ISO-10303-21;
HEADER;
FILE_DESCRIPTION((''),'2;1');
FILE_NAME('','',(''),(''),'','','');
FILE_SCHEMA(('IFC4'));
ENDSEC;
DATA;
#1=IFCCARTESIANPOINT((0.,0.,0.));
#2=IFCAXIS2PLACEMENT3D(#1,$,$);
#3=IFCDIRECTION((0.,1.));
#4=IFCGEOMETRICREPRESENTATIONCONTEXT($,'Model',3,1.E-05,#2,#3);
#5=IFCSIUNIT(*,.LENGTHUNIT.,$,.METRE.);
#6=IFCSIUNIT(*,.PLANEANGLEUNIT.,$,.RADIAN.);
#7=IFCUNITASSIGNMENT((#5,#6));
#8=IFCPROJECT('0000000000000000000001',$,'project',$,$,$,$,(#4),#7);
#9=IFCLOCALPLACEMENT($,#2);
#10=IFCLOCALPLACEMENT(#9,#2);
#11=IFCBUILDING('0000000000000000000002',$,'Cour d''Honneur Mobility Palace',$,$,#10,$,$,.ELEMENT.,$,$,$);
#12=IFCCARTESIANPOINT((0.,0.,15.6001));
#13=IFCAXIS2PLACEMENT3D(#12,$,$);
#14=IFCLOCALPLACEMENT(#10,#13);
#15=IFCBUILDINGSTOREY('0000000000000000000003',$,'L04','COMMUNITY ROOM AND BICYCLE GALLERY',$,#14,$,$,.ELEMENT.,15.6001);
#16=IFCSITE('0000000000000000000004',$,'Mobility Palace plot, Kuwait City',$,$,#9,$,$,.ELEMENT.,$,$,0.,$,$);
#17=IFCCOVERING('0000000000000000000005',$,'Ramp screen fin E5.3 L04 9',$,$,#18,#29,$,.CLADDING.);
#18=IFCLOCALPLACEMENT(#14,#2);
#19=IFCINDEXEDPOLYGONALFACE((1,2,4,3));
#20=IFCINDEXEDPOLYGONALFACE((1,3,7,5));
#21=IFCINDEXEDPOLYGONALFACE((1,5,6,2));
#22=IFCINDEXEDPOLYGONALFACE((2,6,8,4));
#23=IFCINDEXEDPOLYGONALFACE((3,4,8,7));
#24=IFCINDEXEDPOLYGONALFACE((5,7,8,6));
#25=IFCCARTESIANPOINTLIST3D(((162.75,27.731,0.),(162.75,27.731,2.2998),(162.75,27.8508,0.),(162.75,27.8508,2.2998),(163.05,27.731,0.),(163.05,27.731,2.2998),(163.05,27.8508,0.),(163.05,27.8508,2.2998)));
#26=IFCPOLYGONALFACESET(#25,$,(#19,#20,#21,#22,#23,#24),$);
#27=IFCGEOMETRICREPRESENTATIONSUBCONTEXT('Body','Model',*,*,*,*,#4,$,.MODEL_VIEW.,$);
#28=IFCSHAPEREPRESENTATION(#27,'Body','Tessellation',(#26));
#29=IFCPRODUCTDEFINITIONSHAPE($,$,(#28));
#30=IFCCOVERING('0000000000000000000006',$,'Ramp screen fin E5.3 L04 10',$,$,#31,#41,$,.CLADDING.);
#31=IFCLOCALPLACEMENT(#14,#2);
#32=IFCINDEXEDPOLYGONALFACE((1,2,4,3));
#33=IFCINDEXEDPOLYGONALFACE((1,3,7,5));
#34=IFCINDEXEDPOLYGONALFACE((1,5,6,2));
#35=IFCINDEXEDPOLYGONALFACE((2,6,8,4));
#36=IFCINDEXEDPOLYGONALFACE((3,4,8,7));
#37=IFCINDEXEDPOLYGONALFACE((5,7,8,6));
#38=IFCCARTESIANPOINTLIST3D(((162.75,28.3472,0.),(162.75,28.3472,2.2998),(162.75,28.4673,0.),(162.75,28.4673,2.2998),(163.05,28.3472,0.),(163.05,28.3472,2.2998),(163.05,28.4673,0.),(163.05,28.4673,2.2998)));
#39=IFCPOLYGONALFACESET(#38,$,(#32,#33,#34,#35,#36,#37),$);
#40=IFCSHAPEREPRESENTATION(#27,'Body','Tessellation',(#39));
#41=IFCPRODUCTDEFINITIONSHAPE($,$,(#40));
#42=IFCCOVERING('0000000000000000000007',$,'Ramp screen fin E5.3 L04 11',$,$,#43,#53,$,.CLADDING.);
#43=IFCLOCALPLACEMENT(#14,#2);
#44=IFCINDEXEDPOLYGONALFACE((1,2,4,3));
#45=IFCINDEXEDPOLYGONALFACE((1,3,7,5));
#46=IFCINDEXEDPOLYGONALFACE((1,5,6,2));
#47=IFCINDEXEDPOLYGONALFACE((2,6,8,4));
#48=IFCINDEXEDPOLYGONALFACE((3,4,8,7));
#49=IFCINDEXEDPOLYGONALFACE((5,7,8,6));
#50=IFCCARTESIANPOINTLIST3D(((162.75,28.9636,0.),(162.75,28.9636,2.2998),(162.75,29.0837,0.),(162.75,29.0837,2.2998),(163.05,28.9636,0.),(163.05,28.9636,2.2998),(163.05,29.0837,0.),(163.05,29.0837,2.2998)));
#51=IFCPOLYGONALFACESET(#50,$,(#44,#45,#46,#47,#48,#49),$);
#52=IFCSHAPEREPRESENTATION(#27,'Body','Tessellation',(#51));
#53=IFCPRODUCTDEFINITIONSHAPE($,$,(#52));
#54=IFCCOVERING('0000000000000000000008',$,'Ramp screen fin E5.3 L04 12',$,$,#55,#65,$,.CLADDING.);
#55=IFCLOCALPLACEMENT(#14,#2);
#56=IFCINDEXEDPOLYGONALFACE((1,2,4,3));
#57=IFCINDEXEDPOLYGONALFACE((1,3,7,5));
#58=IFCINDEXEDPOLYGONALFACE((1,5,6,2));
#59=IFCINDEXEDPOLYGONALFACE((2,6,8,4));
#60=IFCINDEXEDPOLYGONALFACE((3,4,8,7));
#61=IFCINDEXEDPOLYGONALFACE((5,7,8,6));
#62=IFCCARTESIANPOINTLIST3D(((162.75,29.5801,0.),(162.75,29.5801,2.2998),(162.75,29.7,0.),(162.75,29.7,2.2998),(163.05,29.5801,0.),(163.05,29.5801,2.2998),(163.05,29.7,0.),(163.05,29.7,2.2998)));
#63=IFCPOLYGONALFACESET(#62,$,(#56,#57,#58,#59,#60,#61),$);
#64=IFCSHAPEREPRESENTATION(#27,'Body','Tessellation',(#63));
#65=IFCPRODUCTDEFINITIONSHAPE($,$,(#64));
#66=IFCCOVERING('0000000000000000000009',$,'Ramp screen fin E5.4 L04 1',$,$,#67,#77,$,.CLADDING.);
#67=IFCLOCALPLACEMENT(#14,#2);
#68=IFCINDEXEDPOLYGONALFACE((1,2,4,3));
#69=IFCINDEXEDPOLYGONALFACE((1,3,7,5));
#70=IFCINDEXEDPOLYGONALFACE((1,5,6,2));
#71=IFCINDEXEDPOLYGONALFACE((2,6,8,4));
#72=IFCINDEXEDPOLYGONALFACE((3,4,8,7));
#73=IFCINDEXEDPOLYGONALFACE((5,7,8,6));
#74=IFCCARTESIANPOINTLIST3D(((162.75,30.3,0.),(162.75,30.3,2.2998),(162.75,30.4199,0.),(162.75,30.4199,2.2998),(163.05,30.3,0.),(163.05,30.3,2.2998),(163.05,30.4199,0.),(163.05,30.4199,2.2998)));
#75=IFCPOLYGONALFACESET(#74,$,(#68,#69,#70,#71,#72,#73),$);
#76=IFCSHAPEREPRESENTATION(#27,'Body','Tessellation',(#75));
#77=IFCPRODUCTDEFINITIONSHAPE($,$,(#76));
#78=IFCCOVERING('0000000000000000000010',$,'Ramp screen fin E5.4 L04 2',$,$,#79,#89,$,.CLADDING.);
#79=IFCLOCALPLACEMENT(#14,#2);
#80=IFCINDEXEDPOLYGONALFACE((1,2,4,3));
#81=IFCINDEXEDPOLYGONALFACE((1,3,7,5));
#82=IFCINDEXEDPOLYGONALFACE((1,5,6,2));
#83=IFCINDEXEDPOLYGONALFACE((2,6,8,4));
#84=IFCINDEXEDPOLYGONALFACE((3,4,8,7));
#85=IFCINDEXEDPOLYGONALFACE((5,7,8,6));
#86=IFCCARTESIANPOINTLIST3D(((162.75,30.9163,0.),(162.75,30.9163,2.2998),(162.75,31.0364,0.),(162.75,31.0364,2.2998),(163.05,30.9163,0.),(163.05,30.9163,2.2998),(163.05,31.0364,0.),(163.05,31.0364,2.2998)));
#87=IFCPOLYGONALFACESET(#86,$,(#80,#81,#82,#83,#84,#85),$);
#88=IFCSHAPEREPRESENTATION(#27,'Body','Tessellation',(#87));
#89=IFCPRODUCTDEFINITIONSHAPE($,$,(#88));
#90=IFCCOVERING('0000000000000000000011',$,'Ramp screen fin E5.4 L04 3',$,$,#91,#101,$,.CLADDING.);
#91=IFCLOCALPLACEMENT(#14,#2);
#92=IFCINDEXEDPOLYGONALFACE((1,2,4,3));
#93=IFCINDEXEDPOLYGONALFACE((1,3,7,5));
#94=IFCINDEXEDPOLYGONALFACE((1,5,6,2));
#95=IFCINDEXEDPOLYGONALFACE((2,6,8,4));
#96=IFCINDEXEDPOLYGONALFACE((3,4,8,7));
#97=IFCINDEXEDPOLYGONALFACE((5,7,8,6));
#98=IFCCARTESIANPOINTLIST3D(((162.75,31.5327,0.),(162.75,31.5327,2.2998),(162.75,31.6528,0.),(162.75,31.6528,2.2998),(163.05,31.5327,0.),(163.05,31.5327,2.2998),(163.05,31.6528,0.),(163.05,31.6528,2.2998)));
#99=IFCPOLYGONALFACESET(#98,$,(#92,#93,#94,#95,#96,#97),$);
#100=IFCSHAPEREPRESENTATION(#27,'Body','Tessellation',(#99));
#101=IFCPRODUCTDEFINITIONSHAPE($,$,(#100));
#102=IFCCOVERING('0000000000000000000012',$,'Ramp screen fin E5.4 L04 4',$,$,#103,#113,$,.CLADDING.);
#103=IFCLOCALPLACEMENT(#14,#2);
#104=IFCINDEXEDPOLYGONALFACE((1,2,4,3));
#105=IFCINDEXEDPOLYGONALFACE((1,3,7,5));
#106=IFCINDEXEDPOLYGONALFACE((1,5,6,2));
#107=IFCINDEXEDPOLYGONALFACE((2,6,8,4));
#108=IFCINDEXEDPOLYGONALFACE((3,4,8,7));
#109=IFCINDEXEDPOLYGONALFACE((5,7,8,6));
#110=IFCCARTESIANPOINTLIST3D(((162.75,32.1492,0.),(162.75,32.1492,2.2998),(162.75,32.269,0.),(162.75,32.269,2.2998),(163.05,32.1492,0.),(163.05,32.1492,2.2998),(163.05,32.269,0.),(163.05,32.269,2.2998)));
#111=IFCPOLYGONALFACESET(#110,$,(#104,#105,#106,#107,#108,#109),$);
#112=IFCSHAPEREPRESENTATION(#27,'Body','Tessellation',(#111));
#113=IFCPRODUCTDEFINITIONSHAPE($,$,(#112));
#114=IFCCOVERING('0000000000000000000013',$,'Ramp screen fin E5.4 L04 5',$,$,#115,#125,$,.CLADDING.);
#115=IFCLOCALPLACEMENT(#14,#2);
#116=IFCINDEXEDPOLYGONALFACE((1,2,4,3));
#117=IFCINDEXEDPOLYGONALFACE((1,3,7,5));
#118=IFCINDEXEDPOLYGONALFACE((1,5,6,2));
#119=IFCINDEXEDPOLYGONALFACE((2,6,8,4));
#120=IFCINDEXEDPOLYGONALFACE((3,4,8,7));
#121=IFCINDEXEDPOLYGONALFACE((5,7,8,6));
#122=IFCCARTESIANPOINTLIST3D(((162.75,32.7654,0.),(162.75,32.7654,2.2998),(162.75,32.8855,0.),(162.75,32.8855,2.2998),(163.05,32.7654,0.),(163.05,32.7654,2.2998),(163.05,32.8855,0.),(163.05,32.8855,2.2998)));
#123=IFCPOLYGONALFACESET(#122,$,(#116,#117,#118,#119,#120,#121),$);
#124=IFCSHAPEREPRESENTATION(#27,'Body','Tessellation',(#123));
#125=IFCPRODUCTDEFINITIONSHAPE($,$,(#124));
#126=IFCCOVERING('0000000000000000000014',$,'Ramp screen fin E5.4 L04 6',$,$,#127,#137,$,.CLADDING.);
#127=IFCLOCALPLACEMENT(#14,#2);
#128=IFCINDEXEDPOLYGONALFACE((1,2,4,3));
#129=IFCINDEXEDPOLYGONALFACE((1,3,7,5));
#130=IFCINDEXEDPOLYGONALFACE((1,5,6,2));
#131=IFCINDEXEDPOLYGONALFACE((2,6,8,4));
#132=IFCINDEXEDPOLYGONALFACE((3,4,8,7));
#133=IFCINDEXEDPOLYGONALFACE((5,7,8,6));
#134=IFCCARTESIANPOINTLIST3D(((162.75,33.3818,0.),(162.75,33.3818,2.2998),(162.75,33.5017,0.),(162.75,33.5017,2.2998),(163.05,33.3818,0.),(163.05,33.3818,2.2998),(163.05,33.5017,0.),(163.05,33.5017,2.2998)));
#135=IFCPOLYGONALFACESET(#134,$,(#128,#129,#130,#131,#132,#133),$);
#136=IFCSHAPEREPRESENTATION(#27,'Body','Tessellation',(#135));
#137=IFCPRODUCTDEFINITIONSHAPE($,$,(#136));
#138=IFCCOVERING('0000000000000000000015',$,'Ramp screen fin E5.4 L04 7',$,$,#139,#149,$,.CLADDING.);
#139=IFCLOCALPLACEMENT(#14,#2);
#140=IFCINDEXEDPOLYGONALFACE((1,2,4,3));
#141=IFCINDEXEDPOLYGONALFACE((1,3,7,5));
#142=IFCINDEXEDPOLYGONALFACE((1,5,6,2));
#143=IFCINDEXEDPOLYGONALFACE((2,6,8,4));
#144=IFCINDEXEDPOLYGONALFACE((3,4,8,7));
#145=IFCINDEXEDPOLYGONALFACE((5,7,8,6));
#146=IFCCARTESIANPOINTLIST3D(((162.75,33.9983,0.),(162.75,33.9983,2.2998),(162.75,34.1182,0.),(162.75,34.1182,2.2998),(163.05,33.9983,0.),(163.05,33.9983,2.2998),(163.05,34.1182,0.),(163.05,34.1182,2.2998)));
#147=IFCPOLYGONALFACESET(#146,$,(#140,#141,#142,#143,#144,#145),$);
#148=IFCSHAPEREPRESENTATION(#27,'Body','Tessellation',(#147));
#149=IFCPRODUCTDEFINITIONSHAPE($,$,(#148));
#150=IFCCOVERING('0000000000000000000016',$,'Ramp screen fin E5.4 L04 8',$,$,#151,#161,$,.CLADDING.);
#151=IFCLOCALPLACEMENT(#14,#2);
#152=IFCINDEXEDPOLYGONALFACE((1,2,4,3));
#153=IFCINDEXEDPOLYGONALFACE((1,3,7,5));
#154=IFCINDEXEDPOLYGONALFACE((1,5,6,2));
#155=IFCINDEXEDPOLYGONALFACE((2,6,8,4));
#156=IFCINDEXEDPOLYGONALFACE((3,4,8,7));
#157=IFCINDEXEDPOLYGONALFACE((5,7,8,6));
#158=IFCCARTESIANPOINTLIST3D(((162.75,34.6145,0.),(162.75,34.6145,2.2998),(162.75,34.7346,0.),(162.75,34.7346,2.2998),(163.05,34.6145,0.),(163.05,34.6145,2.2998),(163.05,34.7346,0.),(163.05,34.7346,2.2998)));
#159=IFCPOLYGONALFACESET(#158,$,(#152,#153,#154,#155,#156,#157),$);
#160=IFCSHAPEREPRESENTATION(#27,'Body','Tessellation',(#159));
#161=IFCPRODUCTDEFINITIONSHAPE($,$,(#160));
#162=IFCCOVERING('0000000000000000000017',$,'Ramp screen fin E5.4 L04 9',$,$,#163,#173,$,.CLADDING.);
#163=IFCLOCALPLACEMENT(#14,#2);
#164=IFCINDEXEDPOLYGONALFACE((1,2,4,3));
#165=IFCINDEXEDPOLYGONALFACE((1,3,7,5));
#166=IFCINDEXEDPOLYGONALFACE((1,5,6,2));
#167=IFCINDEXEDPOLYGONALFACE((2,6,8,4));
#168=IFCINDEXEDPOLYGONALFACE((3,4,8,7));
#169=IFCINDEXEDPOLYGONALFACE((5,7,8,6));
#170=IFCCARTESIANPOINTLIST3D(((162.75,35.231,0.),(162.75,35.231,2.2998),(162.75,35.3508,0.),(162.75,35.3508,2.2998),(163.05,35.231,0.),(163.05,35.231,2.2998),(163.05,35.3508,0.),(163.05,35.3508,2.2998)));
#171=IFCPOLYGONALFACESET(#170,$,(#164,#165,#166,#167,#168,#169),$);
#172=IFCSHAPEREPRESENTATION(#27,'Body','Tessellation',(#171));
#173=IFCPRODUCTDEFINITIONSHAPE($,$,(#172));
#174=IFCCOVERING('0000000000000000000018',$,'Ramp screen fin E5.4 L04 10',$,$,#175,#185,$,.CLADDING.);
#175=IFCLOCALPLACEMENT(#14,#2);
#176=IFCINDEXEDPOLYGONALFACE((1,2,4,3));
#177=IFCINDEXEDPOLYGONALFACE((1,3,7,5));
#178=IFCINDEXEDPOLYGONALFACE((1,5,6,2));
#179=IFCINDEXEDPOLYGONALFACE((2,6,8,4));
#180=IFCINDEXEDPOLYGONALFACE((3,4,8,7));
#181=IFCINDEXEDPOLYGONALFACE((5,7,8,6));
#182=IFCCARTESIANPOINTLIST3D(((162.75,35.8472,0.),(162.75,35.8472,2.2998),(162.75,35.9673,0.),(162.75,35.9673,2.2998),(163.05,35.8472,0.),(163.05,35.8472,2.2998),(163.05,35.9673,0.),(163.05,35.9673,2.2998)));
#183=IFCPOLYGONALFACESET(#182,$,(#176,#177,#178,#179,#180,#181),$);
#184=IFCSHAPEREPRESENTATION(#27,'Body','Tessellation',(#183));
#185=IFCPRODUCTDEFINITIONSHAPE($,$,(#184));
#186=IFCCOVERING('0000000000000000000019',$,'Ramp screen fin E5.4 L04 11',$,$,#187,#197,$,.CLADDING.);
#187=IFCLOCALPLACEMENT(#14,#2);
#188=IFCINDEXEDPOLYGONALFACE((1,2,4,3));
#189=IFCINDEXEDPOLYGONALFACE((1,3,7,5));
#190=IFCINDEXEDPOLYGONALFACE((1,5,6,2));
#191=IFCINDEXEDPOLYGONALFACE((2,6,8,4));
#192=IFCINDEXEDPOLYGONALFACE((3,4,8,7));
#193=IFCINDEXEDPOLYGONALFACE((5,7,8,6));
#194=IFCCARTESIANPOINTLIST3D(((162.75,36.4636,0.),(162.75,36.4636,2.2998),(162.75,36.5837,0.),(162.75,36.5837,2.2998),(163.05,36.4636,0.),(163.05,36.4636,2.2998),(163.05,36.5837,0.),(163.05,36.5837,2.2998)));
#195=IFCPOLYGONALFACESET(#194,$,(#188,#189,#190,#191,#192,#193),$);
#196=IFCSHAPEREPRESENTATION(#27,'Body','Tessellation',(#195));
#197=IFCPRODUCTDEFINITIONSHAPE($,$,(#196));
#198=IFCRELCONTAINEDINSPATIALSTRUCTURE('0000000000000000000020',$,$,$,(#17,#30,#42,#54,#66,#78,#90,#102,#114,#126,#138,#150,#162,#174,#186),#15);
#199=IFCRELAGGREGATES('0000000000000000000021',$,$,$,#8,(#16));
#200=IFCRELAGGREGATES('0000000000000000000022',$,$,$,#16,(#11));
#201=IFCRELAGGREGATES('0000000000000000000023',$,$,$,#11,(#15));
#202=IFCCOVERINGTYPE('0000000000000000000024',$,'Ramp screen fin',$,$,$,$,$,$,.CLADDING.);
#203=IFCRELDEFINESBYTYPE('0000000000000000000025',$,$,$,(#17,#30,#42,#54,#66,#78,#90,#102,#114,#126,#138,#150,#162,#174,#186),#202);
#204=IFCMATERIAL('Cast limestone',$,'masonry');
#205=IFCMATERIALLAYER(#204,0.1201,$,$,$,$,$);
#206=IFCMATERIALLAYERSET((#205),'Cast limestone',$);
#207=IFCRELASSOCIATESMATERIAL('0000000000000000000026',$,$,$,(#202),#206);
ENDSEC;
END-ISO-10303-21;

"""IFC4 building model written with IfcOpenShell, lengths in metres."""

from ifc_helpers import new_model, si_unit, direction, frame, origin, place, context, subcontext, project, spatial, polyline, outline, extrude, material, layer, layer_set, type_object, element, save


model = new_model("IFC4")

# Units and contexts
model_context = context("Model", 3, precision=1e-05, world=origin(), true_north=direction((0.0, 1.0)))
body_context = subcontext(model_context, "Body", "Model", "MODEL_VIEW")
ifc_project = project(units=[si_unit("LENGTHUNIT", "METRE"), si_unit("PLANEANGLEUNIT", "RADIAN")], contexts=[model_context])

# Site, building, storey
site_placement = place(None, origin())
site = spatial("IfcSite", under=ifc_project, at=site_placement, Name="Mobility Palace plot, Kuwait City", CompositionType="ELEMENT", RefElevation=0.0)
building_placement = place(site_placement, origin())
building = spatial("IfcBuilding", under=site, at=building_placement, Name="Cour d'Honneur Mobility Palace", CompositionType="ELEMENT")
storey_placement = place(building_placement, frame((0.0, 0.0, 15.6001)))
storey = spatial("IfcBuildingStorey", under=building, at=storey_placement, Name="L04", Description="COMMUNITY ROOM AND BICYCLE GALLERY", CompositionType="ELEMENT", Elevation=15.6001)

# Coverings
ifc_material_1 = material(Name="Cast limestone", Category="masonry")
ifc_layer_1 = layer(ifc_material_1, 0.1201)
ifc_layer_set_1 = layer_set([ifc_layer_1], Name="Cast limestone")
covering_type_1 = type_object("IfcCoveringType", Name="Ramp screen fin", PredefinedType="CLADDING", material=ifc_layer_set_1)
covering_1_placement = place(storey_placement, origin())
element("IfcCovering", 1, at=covering_1_placement, inside=storey, type_object=covering_type_1, Name="Ramp screen fin E5.3 L04 9", PredefinedType="CLADDING", context=body_context, shape_type="SweptSolid", body=[
    extrude(outline(polyline([(162.75, 27.731), (162.75, 27.8508), (163.05, 27.8508), (163.05, 27.731), (162.75, 27.731)])), origin(), (0.0, 0.0, 1.0), 2.2998),
])
covering_2_placement = place(storey_placement, origin())
element("IfcCovering", 2, at=covering_2_placement, inside=storey, type_object=covering_type_1, Name="Ramp screen fin E5.3 L04 10", PredefinedType="CLADDING", context=body_context, shape_type="SweptSolid", body=[
    extrude(outline(polyline([(162.75, 28.3472), (162.75, 28.4673), (163.05, 28.4673), (163.05, 28.3472), (162.75, 28.3472)])), origin(), (0.0, 0.0, 1.0), 2.2998),
])
covering_3_placement = place(storey_placement, origin())
element("IfcCovering", 3, at=covering_3_placement, inside=storey, type_object=covering_type_1, Name="Ramp screen fin E5.3 L04 11", PredefinedType="CLADDING", context=body_context, shape_type="SweptSolid", body=[
    extrude(outline(polyline([(162.75, 28.9636), (162.75, 29.0837), (163.05, 29.0837), (163.05, 28.9636), (162.75, 28.9636)])), origin(), (0.0, 0.0, 1.0), 2.2998),
])
covering_4_placement = place(storey_placement, origin())
element("IfcCovering", 4, at=covering_4_placement, inside=storey, type_object=covering_type_1, Name="Ramp screen fin E5.3 L04 12", PredefinedType="CLADDING", context=body_context, shape_type="SweptSolid", body=[
    extrude(outline(polyline([(162.75, 29.5801), (162.75, 29.7), (163.05, 29.7), (163.05, 29.5801), (162.75, 29.5801)])), origin(), (0.0, 0.0, 1.0), 2.2998),
])
covering_5_placement = place(storey_placement, origin())
element("IfcCovering", 5, at=covering_5_placement, inside=storey, type_object=covering_type_1, Name="Ramp screen fin E5.4 L04 1", PredefinedType="CLADDING", context=body_context, shape_type="SweptSolid", body=[
    extrude(outline(polyline([(162.75, 30.3), (162.75, 30.4199), (163.05, 30.4199), (163.05, 30.3), (162.75, 30.3)])), origin(), (0.0, 0.0, 1.0), 2.2998),
])
covering_6_placement = place(storey_placement, origin())
element("IfcCovering", 6, at=covering_6_placement, inside=storey, type_object=covering_type_1, Name="Ramp screen fin E5.4 L04 2", PredefinedType="CLADDING", context=body_context, shape_type="SweptSolid", body=[
    extrude(outline(polyline([(162.75, 30.9163), (162.75, 31.0364), (163.05, 31.0364), (163.05, 30.9163), (162.75, 30.9163)])), origin(), (0.0, 0.0, 1.0), 2.2998),
])
covering_7_placement = place(storey_placement, origin())
element("IfcCovering", 7, at=covering_7_placement, inside=storey, type_object=covering_type_1, Name="Ramp screen fin E5.4 L04 3", PredefinedType="CLADDING", context=body_context, shape_type="SweptSolid", body=[
    extrude(outline(polyline([(162.75, 31.5327), (162.75, 31.6528), (163.05, 31.6528), (163.05, 31.5327), (162.75, 31.5327)])), origin(), (0.0, 0.0, 1.0), 2.2998),
])
covering_8_placement = place(storey_placement, origin())
element("IfcCovering", 8, at=covering_8_placement, inside=storey, type_object=covering_type_1, Name="Ramp screen fin E5.4 L04 4", PredefinedType="CLADDING", context=body_context, shape_type="SweptSolid", body=[
    extrude(outline(polyline([(162.75, 32.1492), (162.75, 32.269), (163.05, 32.269), (163.05, 32.1492), (162.75, 32.1492)])), origin(), (0.0, 0.0, 1.0), 2.2998),
])
covering_9_placement = place(storey_placement, origin())
element("IfcCovering", 9, at=covering_9_placement, inside=storey, type_object=covering_type_1, Name="Ramp screen fin E5.4 L04 5", PredefinedType="CLADDING", context=body_context, shape_type="SweptSolid", body=[
    extrude(outline(polyline([(162.75, 32.7654), (162.75, 32.8855), (163.05, 32.8855), (163.05, 32.7654), (162.75, 32.7654)])), origin(), (0.0, 0.0, 1.0), 2.2998),
])
covering_10_placement = place(storey_placement, origin())
element("IfcCovering", 10, at=covering_10_placement, inside=storey, type_object=covering_type_1, Name="Ramp screen fin E5.4 L04 6", PredefinedType="CLADDING", context=body_context, shape_type="SweptSolid", body=[
    extrude(outline(polyline([(162.75, 33.3818), (162.75, 33.5017), (163.05, 33.5017), (163.05, 33.3818), (162.75, 33.3818)])), origin(), (0.0, 0.0, 1.0), 2.2998),
])
covering_11_placement = place(storey_placement, origin())
element("IfcCovering", 11, at=covering_11_placement, inside=storey, type_object=covering_type_1, Name="Ramp screen fin E5.4 L04 7", PredefinedType="CLADDING", context=body_context, shape_type="SweptSolid", body=[
    extrude(outline(polyline([(162.75, 33.9983), (162.75, 34.1182), (163.05, 34.1182), (163.05, 33.9983), (162.75, 33.9983)])), origin(), (0.0, 0.0, 1.0), 2.2998),
])
covering_12_placement = place(storey_placement, origin())
element("IfcCovering", 12, at=covering_12_placement, inside=storey, type_object=covering_type_1, Name="Ramp screen fin E5.4 L04 8", PredefinedType="CLADDING", context=body_context, shape_type="SweptSolid", body=[
    extrude(outline(polyline([(162.75, 34.6145), (162.75, 34.7346), (163.05, 34.7346), (163.05, 34.6145), (162.75, 34.6145)])), origin(), (0.0, 0.0, 1.0), 2.2998),
])
covering_13_placement = place(storey_placement, origin())
element("IfcCovering", 13, at=covering_13_placement, inside=storey, type_object=covering_type_1, Name="Ramp screen fin E5.4 L04 9", PredefinedType="CLADDING", context=body_context, shape_type="SweptSolid", body=[
    extrude(outline(polyline([(162.75, 35.231), (162.75, 35.3508), (163.05, 35.3508), (163.05, 35.231), (162.75, 35.231)])), origin(), (0.0, 0.0, 1.0), 2.2998),
])
covering_14_placement = place(storey_placement, origin())
element("IfcCovering", 14, at=covering_14_placement, inside=storey, type_object=covering_type_1, Name="Ramp screen fin E5.4 L04 10", PredefinedType="CLADDING", context=body_context, shape_type="SweptSolid", body=[
    extrude(outline(polyline([(162.75, 35.8472), (162.75, 35.9673), (163.05, 35.9673), (163.05, 35.8472), (162.75, 35.8472)])), origin(), (0.0, 0.0, 1.0), 2.2998),
])
covering_15_placement = place(storey_placement, origin())
element("IfcCovering", 15, at=covering_15_placement, inside=storey, type_object=covering_type_1, Name="Ramp screen fin E5.4 L04 11", PredefinedType="CLADDING", context=body_context, shape_type="SweptSolid", body=[
    extrude(outline(polyline([(162.75, 36.4636), (162.75, 36.5837), (163.05, 36.5837), (163.05, 36.4636), (162.75, 36.4636)])), origin(), (0.0, 0.0, 1.0), 2.2998),
])

save(model, "model.ifc")
